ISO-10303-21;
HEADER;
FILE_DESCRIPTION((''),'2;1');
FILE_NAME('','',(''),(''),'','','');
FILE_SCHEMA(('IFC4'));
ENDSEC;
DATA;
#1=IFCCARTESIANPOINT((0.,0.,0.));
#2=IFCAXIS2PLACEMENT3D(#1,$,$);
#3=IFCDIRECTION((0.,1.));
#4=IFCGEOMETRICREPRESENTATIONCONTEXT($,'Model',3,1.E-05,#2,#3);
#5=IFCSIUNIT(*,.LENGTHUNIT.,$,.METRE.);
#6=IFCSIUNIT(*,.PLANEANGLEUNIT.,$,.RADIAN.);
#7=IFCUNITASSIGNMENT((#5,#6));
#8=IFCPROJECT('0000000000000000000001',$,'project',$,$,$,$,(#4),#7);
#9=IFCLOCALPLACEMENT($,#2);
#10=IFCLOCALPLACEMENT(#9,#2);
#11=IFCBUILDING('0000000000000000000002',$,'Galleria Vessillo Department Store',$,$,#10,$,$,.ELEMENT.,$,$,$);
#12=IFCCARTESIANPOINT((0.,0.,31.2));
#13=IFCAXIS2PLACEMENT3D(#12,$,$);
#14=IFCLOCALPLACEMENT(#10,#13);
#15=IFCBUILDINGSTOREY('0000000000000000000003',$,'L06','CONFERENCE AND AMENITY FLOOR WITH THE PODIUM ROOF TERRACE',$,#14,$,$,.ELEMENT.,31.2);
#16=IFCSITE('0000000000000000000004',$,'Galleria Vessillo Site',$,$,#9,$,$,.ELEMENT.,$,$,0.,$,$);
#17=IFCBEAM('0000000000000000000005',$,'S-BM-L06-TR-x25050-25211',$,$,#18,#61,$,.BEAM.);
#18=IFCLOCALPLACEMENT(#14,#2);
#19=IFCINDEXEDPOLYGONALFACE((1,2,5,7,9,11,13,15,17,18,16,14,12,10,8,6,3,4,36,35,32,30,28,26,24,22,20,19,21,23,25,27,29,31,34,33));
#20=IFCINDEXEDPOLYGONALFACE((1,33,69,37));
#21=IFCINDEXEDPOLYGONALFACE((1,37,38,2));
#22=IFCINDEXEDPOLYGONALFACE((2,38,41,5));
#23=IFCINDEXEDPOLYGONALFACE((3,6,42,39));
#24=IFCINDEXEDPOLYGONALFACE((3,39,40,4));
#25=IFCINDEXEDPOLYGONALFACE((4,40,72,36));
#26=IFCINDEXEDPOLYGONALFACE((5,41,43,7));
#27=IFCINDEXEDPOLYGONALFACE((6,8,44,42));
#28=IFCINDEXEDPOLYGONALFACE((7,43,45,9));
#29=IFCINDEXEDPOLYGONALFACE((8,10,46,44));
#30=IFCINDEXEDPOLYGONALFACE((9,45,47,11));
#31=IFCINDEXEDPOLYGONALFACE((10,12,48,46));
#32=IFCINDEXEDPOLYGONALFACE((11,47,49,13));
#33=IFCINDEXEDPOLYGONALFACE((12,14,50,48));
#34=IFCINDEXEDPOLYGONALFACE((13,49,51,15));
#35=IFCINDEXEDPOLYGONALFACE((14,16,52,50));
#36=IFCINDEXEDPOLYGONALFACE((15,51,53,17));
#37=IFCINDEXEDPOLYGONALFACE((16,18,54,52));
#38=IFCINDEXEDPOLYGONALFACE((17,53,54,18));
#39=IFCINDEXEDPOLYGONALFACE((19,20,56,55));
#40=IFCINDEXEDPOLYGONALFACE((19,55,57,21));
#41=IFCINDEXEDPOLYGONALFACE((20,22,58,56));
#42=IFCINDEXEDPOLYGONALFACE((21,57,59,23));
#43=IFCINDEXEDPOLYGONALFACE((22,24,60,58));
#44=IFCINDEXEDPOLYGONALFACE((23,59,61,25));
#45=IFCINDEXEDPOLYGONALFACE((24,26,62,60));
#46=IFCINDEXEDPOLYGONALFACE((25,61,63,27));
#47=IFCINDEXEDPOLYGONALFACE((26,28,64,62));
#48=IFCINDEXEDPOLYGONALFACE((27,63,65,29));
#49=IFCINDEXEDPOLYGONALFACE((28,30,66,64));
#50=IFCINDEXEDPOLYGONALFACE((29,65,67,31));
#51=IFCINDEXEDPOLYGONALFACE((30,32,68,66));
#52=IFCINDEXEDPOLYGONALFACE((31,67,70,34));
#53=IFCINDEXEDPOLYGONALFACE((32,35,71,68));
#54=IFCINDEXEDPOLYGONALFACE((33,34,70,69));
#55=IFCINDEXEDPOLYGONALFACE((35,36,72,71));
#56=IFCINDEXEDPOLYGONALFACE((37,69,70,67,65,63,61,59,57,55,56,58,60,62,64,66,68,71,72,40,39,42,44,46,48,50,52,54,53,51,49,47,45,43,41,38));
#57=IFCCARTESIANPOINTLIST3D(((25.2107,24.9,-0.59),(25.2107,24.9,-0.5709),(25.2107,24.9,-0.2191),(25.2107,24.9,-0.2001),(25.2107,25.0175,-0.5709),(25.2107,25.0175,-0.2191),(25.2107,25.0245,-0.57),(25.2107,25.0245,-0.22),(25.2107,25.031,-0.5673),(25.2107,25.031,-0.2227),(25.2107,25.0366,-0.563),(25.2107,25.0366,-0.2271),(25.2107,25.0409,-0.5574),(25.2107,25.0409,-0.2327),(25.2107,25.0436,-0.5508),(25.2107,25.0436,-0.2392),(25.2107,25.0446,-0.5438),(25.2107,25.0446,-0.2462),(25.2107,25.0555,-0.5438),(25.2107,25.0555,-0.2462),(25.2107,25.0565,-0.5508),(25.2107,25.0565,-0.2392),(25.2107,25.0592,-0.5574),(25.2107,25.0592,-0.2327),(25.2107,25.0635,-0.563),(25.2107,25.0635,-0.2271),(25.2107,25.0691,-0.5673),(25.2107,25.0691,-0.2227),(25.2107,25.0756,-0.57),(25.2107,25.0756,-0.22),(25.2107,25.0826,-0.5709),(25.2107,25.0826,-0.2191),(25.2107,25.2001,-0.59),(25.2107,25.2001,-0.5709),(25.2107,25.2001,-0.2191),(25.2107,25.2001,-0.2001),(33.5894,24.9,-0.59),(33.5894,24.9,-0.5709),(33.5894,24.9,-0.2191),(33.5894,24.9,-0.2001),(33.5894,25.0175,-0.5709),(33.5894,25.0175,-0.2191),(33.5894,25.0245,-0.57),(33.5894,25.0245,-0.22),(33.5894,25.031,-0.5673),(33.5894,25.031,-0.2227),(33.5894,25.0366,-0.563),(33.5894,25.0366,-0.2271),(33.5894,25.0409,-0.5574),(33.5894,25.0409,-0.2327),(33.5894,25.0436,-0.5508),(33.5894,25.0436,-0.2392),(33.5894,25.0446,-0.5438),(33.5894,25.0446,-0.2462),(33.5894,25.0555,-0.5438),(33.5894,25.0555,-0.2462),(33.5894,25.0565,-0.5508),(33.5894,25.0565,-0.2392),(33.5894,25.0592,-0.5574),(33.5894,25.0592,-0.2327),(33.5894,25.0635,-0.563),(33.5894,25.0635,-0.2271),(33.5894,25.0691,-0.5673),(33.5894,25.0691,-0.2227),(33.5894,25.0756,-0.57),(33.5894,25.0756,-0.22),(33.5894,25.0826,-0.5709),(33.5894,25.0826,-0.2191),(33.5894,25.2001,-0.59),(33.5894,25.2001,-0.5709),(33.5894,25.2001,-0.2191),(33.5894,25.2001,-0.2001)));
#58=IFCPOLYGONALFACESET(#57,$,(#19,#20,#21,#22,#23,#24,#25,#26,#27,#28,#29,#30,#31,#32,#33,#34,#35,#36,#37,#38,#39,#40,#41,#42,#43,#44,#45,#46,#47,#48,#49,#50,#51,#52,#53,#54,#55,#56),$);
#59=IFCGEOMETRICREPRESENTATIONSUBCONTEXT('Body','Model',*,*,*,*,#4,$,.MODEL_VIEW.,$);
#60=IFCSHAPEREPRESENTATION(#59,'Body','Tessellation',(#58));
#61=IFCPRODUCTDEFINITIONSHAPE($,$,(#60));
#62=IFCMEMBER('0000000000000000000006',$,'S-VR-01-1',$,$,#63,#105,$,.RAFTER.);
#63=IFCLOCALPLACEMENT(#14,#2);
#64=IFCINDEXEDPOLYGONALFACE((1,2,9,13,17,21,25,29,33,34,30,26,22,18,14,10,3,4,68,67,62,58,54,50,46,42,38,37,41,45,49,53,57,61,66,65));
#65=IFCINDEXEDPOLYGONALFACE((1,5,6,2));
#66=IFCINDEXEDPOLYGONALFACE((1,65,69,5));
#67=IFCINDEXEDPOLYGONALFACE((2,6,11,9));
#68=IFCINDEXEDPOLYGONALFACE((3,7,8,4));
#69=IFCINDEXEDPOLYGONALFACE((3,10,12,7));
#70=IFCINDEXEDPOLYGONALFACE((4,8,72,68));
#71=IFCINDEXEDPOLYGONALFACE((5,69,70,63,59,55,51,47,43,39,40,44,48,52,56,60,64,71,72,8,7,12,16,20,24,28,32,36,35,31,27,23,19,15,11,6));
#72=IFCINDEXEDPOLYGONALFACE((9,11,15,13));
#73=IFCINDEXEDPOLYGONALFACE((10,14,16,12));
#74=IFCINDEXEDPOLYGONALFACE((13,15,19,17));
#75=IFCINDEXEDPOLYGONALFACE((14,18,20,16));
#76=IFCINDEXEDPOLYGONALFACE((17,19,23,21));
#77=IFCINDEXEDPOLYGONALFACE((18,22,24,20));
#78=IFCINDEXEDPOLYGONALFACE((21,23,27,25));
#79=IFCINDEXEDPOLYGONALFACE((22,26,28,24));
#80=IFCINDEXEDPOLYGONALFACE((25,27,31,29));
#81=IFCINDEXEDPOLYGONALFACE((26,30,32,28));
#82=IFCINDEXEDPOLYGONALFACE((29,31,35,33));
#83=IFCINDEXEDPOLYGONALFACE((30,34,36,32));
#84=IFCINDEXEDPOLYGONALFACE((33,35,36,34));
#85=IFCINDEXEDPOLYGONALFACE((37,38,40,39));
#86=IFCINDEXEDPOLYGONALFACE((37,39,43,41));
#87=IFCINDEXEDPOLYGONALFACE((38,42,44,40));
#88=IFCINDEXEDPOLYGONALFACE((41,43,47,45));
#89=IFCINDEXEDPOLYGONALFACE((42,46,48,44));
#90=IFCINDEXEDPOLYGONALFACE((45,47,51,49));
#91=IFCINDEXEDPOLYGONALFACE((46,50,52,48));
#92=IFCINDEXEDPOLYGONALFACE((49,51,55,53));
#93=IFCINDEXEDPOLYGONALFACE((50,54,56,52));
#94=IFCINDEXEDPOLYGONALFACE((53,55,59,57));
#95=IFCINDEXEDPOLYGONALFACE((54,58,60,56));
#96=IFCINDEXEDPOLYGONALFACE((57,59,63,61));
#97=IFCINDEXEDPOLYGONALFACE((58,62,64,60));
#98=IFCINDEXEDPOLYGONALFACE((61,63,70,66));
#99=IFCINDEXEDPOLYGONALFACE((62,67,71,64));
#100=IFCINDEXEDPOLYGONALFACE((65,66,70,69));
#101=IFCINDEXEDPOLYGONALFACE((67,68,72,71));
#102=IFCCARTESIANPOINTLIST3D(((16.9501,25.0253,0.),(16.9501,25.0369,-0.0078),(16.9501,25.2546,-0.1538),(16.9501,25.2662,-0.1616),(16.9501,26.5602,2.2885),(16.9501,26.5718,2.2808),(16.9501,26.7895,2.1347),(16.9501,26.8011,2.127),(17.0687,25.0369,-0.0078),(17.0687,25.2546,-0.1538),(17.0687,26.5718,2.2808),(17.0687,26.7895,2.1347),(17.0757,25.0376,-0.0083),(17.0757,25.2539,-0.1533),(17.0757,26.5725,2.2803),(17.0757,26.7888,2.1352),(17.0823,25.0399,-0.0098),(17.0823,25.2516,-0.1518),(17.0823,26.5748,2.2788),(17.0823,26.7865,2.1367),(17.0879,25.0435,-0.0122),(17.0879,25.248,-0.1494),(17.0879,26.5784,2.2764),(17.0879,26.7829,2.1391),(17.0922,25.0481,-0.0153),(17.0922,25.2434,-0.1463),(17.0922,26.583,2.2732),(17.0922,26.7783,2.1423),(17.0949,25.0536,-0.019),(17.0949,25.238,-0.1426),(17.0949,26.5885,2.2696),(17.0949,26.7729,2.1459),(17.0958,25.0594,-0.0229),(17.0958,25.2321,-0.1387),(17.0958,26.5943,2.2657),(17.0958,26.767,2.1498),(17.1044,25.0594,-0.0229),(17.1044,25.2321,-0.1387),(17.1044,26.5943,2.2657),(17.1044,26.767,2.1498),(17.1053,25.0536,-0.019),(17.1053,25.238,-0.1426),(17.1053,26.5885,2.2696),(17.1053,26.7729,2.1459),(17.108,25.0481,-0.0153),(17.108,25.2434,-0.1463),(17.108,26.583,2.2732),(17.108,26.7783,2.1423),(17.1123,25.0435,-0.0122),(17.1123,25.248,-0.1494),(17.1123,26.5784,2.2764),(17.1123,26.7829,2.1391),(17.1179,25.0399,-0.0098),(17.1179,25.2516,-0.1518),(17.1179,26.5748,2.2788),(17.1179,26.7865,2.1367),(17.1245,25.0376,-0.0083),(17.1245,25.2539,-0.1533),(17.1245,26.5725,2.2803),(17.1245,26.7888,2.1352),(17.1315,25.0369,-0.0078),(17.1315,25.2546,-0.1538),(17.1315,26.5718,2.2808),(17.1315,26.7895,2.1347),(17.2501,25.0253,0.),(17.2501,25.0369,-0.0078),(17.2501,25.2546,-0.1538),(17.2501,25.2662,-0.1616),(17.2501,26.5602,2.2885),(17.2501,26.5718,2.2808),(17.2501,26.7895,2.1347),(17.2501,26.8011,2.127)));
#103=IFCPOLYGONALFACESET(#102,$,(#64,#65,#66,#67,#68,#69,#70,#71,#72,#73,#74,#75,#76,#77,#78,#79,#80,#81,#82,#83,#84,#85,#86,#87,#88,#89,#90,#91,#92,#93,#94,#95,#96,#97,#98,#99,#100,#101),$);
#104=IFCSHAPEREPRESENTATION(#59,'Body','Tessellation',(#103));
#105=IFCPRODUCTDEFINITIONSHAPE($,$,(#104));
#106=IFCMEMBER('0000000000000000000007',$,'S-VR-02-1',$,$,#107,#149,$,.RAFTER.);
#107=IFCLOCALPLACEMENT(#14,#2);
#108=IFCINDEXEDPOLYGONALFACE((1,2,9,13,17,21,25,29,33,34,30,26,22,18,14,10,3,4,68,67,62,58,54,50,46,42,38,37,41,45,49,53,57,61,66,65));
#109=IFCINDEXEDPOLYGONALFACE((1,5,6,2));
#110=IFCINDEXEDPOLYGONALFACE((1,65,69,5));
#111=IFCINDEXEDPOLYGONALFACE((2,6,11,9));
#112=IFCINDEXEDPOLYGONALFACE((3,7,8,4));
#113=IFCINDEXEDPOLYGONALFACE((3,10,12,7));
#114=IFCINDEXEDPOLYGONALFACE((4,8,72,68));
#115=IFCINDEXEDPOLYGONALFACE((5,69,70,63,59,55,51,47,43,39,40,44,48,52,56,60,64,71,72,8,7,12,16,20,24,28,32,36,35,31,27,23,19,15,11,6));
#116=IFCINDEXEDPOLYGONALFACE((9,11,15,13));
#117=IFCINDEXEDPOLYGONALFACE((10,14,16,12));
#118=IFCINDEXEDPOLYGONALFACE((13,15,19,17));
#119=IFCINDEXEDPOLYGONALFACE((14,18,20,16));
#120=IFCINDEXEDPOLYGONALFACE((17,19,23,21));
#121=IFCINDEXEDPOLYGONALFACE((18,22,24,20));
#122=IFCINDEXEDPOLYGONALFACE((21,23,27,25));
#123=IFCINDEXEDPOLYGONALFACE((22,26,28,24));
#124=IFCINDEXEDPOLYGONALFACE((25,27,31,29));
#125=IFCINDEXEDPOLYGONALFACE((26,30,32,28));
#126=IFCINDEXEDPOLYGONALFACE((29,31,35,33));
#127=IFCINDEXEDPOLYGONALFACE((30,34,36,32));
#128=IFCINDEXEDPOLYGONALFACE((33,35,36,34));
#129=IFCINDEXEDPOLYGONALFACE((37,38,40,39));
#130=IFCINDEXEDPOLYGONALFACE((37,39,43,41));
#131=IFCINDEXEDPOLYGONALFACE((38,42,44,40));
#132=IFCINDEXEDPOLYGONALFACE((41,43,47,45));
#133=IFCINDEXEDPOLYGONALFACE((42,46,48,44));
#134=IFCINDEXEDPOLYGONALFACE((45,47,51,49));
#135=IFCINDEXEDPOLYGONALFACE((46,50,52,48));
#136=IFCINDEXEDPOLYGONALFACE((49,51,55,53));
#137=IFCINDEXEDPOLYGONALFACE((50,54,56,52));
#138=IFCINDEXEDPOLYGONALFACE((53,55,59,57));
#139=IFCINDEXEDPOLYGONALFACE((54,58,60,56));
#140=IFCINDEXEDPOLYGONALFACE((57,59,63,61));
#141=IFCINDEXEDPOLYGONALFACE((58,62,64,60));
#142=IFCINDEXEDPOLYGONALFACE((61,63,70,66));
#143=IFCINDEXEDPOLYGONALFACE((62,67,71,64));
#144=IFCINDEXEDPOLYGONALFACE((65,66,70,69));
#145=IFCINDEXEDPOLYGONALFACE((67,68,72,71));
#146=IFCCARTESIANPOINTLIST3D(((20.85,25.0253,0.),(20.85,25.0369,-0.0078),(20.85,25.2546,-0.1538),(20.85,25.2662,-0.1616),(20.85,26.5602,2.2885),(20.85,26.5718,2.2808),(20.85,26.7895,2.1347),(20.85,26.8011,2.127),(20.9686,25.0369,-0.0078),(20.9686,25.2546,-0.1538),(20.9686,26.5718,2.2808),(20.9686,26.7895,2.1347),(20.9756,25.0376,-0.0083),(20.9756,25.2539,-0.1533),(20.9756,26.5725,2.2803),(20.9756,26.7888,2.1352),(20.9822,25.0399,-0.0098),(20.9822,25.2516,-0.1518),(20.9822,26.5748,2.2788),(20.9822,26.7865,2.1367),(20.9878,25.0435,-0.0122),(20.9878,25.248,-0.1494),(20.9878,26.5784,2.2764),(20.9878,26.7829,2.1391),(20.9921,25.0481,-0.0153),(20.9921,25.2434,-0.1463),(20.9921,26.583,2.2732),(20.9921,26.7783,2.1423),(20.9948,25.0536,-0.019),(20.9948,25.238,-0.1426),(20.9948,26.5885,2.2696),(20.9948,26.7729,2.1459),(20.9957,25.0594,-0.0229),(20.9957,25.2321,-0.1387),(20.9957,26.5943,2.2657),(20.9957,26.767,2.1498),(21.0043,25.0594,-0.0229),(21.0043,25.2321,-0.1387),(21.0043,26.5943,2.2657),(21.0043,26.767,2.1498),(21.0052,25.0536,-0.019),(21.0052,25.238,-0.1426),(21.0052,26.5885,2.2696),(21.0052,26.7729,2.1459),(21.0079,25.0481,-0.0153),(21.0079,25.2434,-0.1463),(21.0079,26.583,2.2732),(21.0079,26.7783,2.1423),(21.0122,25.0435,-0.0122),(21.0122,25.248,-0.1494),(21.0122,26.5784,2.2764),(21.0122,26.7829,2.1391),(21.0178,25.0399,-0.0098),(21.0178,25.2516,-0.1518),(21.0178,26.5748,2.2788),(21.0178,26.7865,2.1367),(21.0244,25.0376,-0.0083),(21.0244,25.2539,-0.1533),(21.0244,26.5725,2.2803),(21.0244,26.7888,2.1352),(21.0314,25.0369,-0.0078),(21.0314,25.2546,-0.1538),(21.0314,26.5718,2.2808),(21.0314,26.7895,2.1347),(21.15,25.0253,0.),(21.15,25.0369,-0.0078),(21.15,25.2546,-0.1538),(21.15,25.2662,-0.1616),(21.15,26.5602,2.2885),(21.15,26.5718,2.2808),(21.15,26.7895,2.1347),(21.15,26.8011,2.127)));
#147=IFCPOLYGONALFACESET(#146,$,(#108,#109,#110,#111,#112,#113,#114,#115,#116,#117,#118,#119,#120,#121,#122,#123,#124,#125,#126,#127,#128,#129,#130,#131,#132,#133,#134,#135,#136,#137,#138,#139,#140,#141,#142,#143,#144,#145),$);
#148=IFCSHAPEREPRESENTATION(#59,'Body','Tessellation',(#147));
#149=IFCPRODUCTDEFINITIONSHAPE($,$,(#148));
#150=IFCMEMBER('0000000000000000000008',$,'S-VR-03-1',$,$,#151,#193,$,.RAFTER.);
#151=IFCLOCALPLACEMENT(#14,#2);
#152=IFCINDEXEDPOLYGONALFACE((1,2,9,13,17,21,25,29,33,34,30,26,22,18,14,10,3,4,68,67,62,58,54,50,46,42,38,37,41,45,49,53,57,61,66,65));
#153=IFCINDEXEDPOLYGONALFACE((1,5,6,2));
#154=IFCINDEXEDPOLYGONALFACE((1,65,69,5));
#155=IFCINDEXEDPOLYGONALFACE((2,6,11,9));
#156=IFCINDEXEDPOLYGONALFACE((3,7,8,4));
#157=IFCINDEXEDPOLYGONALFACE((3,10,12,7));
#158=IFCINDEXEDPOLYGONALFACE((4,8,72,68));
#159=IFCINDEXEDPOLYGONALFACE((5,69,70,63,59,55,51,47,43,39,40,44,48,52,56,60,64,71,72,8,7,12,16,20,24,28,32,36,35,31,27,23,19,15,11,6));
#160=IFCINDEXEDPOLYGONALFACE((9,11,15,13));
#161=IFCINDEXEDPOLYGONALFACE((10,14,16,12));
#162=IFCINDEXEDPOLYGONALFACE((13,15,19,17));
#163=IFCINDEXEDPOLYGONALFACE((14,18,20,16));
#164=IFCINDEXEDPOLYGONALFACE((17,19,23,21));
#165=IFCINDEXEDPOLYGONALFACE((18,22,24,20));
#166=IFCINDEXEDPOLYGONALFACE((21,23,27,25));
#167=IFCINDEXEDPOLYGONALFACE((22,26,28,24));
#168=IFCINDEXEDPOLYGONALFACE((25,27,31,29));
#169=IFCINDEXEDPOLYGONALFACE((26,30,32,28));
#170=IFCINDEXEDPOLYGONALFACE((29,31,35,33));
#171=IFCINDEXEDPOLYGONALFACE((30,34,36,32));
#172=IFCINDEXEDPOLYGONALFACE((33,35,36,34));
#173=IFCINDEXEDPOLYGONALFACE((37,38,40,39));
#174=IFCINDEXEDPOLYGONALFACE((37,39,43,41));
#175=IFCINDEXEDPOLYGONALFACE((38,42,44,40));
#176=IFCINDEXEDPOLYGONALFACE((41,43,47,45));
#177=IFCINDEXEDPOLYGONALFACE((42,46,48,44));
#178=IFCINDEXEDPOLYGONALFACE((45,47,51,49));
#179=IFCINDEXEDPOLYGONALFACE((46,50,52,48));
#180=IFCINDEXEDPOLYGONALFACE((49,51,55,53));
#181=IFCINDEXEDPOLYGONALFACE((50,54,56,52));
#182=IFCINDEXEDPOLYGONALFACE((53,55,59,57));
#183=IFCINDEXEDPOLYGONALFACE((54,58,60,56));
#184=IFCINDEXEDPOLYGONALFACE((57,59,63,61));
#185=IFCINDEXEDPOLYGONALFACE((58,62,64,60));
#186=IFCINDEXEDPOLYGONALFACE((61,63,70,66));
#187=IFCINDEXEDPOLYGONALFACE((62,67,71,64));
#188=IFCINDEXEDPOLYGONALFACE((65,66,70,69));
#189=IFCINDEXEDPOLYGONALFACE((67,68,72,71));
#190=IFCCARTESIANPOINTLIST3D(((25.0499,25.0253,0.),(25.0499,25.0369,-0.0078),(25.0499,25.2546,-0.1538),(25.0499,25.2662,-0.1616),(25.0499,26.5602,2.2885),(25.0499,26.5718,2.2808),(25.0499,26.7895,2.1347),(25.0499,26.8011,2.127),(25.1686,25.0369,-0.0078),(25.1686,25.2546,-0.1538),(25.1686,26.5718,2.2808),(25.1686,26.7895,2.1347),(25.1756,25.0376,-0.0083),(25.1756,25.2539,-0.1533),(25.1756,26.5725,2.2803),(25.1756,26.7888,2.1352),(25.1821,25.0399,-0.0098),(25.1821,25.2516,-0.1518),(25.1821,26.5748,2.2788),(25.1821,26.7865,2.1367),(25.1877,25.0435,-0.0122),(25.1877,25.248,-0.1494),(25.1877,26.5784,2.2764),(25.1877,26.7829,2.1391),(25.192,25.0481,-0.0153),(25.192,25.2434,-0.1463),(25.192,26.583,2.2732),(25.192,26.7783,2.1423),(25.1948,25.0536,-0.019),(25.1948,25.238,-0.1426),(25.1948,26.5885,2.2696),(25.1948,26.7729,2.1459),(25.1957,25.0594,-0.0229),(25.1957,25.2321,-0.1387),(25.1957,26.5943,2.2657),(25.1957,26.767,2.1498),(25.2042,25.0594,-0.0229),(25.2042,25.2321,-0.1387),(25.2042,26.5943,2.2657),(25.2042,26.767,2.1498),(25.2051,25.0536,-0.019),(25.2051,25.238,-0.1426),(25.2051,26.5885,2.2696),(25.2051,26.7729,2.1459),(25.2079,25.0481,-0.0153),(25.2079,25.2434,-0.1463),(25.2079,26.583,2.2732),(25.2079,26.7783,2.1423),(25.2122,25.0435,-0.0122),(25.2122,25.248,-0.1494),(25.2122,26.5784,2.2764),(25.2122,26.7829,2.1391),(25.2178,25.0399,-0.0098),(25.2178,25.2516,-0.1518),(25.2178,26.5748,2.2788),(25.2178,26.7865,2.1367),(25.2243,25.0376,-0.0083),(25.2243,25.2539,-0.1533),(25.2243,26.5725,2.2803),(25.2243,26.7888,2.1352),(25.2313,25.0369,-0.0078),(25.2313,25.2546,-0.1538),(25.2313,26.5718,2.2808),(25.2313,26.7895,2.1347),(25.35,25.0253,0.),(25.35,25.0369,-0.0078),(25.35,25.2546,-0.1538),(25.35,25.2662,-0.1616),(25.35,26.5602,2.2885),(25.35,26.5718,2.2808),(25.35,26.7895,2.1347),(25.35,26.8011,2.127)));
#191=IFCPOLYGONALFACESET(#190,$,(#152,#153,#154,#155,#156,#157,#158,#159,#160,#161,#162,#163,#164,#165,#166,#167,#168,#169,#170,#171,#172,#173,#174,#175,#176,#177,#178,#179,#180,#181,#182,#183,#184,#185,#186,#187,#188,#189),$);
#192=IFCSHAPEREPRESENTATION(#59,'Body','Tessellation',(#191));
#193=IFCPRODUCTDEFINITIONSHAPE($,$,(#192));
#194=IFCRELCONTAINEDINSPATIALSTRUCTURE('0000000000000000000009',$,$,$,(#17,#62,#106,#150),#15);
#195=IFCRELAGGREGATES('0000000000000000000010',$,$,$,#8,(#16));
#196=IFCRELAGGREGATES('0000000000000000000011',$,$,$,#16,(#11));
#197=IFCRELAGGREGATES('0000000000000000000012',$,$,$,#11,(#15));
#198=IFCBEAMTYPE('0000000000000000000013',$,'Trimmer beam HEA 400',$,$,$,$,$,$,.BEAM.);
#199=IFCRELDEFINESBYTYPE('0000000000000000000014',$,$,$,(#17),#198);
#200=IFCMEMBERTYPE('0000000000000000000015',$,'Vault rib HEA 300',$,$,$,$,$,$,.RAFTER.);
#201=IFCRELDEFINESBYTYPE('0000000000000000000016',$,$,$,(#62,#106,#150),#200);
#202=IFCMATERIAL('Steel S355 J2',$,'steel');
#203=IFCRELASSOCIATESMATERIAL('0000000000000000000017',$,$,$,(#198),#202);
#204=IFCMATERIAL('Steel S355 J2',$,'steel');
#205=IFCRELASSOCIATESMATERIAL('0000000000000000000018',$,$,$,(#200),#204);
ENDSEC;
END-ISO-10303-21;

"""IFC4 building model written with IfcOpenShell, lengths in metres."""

from ifc_helpers import new_model, si_unit, direction, frame, origin, origin_2d, place, context, subcontext, project, spatial, i_section, extrude, material, material_profile, profile_set, type_object, element, save


model = new_model("IFC4")

# Units and contexts
model_context = context("Model", 3, precision=1e-05, world=origin(), true_north=direction((0.0, 1.0)))
body_context = subcontext(model_context, "Body", "Model", "MODEL_VIEW")
ifc_project = project(units=[si_unit("LENGTHUNIT", "METRE"), si_unit("PLANEANGLEUNIT", "RADIAN")], contexts=[model_context])

# Site, building, storey
site_placement = place(None, origin())
site = spatial("IfcSite", under=ifc_project, at=site_placement, Name="Galleria Vessillo Site", CompositionType="ELEMENT", RefElevation=0.0)
building_placement = place(site_placement, origin())
building = spatial("IfcBuilding", under=site, at=building_placement, Name="Galleria Vessillo Department Store", CompositionType="ELEMENT")
storey_placement = place(building_placement, frame((0.0, 0.0, 31.2)))
storey = spatial("IfcBuildingStorey", under=building, at=storey_placement, Name="L06", Description="CONFERENCE AND AMENITY FLOOR WITH THE PODIUM ROOF TERRACE", CompositionType="ELEMENT", Elevation=31.2)

# Beam
ifc_material_1 = material(Name="Steel S355 J2", Category="steel")
ifc_material_profile_1 = material_profile(ifc_material_1, i_section(OverallWidth=0.3, OverallDepth=0.3899, WebThickness=0.011, FlangeThickness=0.019, FilletRadius=0.0271, at=origin_2d()), Name="HEA 400")
ifc_profile_set_1 = profile_set([ifc_material_profile_1], Name="Steel S355 J2")
beam_type_1 = type_object("IfcBeamType", Name="Trimmer beam HEA 400", PredefinedType="BEAM", material=ifc_profile_set_1)
beam_1_placement = place(storey_placement, frame((25.2107, 25.05, -0.395), z_axis=(1.0, 0.0, 0.0), x_axis=(0.0, 1.0, 0.0)))
element("IfcBeam", 1, at=beam_1_placement, inside=storey, type_object=beam_type_1, Name="S-BM-L06-TR-x25050-25211", PredefinedType="BEAM", context=body_context, shape_type="SweptSolid", body=[
    extrude(i_section(OverallWidth=0.3, OverallDepth=0.3899, WebThickness=0.011, FlangeThickness=0.019, FilletRadius=0.0271, at=origin_2d()), origin(), (0.0, 0.0, 1.0), 8.3787),
])

# Members
ifc_material_2 = material(Name="Steel S355 J2", Category="steel")
ifc_material_profile_2 = material_profile(ifc_material_2, i_section(OverallWidth=0.3, OverallDepth=0.29, WebThickness=0.0085, FlangeThickness=0.0139, FilletRadius=0.0271, at=origin_2d()), Name="HEA 300")
ifc_profile_set_2 = profile_set([ifc_material_profile_2], Name="Steel S355 J2")
member_type_1 = type_object("IfcMemberType", Name="Vault rib HEA 300", PredefinedType="RAFTER", material=ifc_profile_set_2)
for number, where, z_axis, x_axis, name in (
    (2, (17.1001, 25.1458, -0.0808), (0.0, 0.557008, 0.830507), (-1.0, 0.0, 0.0), "S-VR-01-1"),
    (3, (21.0, 25.1458, -0.0808), (0.0, 0.557008, 0.830507), (-1.0, 0.0, 0.0), "S-VR-02-1"),
    (4, (25.2, 25.1458, -0.0808), (0.0, 0.557008, 0.830507), (-1.0, 0.0, 0.0), "S-VR-03-1"),
):
    element("IfcMember", number, at=place(storey_placement, frame(where, z_axis=z_axis, x_axis=x_axis)), inside=storey, type_object=member_type_1, Name=name, PredefinedType="RAFTER", context=body_context, shape_type="SweptSolid", body=[
        extrude(i_section(OverallWidth=0.3, OverallDepth=0.29, WebThickness=0.0085, FlangeThickness=0.0139, FilletRadius=0.0271, at=origin_2d()), origin(), (0.0, 0.0, 1.0), 2.7556),
    ])

save(model, "model.ifc")
